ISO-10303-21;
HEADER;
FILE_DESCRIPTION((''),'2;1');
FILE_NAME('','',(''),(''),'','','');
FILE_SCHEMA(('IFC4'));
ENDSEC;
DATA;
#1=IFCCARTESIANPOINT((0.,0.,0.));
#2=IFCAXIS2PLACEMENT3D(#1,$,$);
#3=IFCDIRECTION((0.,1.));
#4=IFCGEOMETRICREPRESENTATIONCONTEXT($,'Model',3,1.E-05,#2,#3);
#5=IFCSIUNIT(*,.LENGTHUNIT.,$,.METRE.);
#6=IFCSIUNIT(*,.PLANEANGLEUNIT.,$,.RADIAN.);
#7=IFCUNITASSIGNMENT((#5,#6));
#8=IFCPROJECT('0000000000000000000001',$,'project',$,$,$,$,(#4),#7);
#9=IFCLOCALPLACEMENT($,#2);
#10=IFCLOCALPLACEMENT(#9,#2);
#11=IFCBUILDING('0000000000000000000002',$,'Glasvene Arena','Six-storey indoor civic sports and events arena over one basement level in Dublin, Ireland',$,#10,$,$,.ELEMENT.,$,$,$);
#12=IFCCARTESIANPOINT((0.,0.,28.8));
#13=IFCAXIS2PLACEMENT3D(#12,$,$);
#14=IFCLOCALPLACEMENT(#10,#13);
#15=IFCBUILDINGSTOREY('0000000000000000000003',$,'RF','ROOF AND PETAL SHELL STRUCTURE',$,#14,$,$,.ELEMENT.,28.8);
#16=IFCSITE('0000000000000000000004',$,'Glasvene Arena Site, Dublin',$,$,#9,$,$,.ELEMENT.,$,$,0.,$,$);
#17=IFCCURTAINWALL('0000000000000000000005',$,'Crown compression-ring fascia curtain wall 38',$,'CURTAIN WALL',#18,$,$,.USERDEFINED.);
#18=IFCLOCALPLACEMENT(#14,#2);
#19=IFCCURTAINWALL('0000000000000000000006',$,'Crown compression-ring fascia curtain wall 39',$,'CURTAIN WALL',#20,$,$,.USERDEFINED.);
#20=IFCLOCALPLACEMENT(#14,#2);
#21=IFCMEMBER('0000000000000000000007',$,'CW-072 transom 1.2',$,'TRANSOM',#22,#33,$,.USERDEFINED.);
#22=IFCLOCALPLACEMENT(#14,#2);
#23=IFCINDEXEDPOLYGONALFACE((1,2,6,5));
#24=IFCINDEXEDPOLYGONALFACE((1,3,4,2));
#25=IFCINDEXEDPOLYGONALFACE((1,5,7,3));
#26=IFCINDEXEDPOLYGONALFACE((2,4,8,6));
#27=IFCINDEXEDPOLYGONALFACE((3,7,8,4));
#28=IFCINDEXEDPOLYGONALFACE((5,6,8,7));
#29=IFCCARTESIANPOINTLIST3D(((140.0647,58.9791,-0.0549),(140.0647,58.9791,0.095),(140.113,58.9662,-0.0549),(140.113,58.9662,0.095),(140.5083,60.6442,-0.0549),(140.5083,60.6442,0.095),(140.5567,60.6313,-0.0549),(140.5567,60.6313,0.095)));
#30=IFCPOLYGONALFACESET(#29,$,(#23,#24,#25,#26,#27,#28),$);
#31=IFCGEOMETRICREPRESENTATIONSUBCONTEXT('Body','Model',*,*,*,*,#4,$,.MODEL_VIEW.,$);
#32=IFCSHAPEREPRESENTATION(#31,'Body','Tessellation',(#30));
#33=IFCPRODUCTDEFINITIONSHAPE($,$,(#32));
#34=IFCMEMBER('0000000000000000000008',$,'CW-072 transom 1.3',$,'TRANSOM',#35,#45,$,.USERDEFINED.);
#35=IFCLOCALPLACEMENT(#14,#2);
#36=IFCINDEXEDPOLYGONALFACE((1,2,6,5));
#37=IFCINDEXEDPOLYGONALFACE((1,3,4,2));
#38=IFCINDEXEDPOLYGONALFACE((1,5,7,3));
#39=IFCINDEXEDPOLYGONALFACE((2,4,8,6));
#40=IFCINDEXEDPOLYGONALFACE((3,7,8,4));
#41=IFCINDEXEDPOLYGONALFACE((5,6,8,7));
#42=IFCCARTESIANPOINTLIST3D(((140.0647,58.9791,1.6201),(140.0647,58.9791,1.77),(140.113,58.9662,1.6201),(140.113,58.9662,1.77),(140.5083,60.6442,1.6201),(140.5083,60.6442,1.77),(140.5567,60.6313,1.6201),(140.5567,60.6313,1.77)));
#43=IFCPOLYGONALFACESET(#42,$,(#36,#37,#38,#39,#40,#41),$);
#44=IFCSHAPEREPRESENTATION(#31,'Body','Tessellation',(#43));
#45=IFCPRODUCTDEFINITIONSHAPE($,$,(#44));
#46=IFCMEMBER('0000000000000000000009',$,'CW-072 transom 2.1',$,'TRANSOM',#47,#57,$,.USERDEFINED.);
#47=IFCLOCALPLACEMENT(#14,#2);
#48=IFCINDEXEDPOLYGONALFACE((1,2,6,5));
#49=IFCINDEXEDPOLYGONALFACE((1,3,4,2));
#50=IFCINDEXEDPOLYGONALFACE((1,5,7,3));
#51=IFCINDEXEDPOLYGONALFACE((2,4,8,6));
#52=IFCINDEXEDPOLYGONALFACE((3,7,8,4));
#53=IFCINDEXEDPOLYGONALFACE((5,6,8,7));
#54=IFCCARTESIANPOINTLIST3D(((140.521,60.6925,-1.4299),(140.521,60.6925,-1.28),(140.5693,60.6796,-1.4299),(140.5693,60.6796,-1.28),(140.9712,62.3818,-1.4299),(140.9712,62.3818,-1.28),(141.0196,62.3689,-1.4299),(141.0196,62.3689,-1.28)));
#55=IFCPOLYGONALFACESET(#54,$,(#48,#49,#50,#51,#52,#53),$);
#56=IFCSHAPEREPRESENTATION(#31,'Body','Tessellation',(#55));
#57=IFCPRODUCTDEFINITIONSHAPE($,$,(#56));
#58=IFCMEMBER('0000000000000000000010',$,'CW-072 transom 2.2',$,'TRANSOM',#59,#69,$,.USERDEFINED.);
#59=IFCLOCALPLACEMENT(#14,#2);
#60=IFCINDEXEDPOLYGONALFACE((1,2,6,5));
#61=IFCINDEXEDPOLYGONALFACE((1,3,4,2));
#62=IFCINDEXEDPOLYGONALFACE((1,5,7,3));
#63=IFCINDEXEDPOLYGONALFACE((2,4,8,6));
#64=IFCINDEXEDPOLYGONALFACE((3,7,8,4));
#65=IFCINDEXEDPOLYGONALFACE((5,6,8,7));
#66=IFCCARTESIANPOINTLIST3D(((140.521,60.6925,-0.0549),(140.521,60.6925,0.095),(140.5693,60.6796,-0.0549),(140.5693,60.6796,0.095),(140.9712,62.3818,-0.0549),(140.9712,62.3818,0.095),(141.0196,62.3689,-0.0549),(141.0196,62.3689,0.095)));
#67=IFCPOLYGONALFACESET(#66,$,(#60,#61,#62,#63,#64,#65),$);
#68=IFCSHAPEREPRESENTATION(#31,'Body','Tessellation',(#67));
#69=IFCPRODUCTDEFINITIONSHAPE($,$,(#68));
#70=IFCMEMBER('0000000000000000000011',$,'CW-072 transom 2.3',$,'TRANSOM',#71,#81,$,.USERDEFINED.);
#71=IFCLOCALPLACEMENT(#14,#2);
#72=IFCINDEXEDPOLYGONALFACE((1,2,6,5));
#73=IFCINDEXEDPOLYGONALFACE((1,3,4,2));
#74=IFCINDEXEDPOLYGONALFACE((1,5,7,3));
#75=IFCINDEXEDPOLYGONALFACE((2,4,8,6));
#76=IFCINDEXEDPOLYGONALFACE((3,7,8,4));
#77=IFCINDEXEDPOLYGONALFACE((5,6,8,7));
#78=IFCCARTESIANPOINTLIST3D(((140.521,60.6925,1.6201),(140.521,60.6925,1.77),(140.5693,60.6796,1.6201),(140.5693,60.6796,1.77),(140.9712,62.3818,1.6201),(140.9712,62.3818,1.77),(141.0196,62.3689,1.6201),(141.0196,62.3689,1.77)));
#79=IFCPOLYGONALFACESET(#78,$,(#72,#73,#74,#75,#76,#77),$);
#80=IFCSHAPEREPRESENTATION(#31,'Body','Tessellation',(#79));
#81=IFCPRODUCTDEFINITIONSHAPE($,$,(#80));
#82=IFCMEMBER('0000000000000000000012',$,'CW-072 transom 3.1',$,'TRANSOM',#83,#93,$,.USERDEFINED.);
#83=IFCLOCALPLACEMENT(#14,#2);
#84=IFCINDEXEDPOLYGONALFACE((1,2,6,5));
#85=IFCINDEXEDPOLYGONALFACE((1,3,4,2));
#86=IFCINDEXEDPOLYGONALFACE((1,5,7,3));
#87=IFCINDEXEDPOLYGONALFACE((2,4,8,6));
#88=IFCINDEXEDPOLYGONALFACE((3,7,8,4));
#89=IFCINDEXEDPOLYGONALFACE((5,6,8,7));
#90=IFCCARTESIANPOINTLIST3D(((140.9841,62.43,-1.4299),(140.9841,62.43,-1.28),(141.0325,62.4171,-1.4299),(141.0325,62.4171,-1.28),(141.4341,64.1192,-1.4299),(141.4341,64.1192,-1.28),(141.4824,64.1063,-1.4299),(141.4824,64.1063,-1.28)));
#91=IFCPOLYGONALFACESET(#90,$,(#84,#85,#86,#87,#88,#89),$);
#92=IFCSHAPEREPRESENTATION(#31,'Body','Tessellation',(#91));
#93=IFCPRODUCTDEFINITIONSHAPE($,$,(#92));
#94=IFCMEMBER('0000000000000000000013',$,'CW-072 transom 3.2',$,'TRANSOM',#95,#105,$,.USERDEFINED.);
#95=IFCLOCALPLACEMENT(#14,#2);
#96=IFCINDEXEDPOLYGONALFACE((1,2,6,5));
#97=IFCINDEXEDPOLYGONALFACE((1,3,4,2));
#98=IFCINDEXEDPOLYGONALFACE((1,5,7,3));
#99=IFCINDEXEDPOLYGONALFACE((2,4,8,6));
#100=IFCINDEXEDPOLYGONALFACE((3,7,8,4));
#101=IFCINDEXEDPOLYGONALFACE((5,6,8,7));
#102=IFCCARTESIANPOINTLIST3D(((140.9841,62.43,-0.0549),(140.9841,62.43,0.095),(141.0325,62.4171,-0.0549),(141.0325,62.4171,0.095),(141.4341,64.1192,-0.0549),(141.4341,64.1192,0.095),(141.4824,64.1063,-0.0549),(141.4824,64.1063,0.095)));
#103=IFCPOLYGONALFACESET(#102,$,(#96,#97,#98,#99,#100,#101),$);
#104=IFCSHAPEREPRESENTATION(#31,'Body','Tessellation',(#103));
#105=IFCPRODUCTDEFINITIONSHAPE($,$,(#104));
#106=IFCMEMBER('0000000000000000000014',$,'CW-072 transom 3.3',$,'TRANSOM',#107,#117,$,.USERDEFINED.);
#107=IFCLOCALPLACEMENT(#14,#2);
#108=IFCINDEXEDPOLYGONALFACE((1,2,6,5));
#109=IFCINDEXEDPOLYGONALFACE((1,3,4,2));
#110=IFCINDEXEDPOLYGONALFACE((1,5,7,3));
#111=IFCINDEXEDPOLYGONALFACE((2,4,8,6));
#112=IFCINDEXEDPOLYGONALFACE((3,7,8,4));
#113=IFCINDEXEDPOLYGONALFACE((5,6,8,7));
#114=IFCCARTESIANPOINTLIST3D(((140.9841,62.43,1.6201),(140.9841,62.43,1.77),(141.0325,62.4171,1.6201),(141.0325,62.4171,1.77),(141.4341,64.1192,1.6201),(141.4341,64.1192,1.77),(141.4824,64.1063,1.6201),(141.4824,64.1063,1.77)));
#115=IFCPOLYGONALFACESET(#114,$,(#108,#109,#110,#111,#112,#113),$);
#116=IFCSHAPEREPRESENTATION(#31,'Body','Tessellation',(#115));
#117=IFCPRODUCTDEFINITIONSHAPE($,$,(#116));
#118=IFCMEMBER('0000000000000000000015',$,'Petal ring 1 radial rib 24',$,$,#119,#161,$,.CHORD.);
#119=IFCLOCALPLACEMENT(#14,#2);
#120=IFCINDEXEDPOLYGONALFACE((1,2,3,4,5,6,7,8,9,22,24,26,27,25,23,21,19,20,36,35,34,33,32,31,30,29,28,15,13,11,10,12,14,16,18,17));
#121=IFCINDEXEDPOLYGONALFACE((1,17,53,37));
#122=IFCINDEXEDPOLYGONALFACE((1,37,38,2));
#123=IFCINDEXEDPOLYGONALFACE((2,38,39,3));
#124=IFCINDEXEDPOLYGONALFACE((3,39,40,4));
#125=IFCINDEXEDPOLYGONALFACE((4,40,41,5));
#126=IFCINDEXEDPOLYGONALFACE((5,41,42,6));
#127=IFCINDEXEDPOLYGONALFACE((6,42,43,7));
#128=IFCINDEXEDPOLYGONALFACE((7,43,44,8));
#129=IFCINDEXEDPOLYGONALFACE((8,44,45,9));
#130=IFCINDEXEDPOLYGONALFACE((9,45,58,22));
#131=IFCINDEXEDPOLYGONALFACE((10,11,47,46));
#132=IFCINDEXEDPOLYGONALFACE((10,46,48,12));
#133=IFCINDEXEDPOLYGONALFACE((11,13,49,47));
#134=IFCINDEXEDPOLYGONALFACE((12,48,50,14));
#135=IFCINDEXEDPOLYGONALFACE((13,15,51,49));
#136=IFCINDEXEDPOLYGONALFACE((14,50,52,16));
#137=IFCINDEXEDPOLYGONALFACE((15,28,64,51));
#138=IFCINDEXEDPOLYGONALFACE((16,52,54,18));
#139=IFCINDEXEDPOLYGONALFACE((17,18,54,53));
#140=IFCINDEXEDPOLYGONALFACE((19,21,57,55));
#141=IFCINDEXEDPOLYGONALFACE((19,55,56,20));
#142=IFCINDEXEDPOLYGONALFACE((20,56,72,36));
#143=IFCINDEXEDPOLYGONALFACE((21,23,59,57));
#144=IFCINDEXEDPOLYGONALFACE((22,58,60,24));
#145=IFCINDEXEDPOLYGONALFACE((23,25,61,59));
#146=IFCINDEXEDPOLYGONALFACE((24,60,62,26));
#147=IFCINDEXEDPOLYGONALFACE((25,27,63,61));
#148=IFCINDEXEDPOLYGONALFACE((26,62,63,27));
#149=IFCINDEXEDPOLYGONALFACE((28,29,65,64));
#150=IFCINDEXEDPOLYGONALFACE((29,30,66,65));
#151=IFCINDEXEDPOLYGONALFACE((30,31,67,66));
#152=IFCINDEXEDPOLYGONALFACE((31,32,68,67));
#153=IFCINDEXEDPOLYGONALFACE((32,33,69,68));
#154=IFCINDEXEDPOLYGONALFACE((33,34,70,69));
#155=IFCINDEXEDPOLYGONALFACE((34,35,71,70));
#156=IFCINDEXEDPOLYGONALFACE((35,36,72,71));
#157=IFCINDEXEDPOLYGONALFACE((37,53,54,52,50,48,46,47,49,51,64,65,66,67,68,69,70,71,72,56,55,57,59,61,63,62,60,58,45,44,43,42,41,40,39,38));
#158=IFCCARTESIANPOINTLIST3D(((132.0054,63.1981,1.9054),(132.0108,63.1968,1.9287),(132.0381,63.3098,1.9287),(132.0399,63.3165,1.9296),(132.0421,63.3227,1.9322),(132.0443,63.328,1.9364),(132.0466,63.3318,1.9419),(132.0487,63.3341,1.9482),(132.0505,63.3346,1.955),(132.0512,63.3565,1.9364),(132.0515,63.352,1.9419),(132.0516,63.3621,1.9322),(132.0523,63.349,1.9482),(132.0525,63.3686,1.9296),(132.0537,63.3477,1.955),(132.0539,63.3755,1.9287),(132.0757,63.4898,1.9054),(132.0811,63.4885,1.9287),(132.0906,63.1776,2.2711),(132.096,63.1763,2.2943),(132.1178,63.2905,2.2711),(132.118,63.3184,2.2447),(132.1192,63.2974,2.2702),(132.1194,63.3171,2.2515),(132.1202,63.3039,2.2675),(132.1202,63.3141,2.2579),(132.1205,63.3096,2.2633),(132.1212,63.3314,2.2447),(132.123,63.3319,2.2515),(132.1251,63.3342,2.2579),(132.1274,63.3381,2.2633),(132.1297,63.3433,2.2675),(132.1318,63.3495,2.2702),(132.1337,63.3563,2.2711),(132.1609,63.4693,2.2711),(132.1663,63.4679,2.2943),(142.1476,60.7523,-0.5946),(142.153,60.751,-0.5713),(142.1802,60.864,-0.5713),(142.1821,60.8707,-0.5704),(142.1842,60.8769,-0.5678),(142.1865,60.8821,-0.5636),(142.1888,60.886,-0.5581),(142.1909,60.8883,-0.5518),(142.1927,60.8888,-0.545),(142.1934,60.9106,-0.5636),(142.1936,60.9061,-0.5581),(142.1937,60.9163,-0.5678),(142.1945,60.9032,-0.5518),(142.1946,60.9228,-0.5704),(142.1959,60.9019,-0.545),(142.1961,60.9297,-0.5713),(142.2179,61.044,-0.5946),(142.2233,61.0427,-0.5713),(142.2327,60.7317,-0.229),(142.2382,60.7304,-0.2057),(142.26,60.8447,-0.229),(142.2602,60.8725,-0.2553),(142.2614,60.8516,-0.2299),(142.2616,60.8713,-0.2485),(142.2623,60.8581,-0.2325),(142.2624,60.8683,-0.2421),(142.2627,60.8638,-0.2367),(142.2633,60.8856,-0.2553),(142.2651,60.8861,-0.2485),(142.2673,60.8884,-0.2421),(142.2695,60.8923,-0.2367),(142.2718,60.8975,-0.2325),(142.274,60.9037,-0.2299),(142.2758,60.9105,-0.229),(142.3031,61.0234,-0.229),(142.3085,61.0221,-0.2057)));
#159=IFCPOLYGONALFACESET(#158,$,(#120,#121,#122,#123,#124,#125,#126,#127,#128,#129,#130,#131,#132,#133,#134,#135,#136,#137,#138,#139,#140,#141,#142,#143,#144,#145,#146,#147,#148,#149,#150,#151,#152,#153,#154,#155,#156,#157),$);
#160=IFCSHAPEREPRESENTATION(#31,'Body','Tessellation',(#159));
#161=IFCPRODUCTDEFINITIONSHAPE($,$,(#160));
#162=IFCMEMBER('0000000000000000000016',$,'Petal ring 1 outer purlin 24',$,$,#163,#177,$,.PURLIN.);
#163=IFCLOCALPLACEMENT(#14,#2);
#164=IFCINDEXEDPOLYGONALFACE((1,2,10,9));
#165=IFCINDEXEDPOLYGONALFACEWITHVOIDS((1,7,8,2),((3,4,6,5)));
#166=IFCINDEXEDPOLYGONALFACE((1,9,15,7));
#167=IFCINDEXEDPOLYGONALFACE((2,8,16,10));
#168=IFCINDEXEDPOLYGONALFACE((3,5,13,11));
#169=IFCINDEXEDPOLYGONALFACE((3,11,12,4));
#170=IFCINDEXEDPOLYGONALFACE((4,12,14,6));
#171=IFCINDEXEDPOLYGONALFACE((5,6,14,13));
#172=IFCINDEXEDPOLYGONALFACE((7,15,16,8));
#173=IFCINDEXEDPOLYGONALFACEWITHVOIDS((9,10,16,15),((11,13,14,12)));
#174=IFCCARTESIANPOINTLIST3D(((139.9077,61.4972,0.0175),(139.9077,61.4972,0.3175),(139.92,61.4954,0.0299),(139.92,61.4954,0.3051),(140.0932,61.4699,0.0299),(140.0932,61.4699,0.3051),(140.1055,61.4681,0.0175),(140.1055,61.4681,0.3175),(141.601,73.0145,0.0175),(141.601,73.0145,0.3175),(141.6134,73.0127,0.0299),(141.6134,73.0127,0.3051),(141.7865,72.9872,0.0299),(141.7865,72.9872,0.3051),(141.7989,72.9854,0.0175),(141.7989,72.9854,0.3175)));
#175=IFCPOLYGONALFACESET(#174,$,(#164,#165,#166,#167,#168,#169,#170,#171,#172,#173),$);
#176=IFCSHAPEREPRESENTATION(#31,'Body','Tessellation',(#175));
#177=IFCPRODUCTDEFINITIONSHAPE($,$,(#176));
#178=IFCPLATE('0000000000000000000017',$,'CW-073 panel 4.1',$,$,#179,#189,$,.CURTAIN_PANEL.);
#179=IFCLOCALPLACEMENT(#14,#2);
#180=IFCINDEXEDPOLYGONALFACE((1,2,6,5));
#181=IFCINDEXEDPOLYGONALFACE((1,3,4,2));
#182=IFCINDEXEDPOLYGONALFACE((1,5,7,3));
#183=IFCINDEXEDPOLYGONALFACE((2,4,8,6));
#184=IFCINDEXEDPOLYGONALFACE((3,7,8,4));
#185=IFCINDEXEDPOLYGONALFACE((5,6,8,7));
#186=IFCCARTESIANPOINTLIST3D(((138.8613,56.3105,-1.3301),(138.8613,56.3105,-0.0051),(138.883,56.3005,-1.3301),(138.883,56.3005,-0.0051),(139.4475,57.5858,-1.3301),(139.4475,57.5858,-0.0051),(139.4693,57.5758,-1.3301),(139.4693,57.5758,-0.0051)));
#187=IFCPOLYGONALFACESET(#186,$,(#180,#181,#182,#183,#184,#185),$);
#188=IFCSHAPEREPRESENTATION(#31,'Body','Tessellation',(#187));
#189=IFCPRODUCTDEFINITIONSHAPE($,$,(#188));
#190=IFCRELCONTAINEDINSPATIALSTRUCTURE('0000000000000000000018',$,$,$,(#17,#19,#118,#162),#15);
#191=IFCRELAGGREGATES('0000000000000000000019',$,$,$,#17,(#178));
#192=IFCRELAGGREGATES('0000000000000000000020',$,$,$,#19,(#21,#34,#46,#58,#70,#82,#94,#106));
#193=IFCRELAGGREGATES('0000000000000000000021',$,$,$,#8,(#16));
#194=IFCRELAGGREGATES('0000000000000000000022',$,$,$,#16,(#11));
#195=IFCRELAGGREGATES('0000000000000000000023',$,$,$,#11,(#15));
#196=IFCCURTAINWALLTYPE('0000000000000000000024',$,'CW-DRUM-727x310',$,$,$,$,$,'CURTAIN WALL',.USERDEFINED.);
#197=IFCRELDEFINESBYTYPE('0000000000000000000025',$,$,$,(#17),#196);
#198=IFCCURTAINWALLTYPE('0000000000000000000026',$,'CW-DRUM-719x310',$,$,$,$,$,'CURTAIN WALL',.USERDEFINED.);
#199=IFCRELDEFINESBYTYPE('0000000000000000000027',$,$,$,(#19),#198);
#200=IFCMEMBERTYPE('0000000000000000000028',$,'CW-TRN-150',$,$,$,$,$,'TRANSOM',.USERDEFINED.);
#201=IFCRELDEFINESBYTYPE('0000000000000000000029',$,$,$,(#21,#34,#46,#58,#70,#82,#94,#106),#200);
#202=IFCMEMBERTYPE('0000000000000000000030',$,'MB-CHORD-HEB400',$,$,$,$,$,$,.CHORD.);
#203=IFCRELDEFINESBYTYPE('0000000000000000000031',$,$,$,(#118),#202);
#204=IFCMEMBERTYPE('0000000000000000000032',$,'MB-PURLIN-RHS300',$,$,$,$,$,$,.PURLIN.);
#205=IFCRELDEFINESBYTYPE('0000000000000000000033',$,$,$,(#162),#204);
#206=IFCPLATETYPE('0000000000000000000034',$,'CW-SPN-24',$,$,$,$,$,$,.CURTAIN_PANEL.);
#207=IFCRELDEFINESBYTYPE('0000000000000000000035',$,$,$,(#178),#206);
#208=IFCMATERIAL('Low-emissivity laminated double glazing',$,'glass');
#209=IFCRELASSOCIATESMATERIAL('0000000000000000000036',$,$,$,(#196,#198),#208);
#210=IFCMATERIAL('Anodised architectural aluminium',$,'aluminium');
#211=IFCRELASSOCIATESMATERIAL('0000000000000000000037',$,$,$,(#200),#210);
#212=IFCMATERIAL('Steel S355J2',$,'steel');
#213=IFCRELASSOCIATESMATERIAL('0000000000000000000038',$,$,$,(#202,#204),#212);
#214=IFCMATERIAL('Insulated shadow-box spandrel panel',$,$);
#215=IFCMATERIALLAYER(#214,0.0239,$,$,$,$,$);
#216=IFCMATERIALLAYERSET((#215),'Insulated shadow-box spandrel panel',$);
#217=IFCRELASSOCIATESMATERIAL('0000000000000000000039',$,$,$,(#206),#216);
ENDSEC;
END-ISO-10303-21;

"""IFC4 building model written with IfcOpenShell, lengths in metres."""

from ifc_helpers import new_model, si_unit, direction, frame, origin, origin_2d, place, context, subcontext, project, spatial, rectangle, hollow_rectangle, i_section, extrude, material, layer, layer_set, material_profile, profile_set, type_object, element, aggregate, save


model = new_model("IFC4")

# Units and contexts
model_context = context("Model", 3, precision=1e-05, world=origin(), true_north=direction((0.0, 1.0)))
body_context = subcontext(model_context, "Body", "Model", "MODEL_VIEW")
ifc_project = project(units=[si_unit("LENGTHUNIT", "METRE"), si_unit("PLANEANGLEUNIT", "RADIAN")], contexts=[model_context])

# Site, building, storey
site_placement = place(None, origin())
site = spatial("IfcSite", under=ifc_project, at=site_placement, Name="Glasvene Arena Site, Dublin", CompositionType="ELEMENT", RefElevation=0.0)
building_placement = place(site_placement, origin())
building = spatial("IfcBuilding", under=site, at=building_placement, Name="Glasvene Arena", Description="Six-storey indoor civic sports and events arena over one basement level in Dublin, Ireland", CompositionType="ELEMENT")
storey_placement = place(building_placement, frame((0.0, 0.0, 28.8)))
storey = spatial("IfcBuildingStorey", under=building, at=storey_placement, Name="RF", Description="ROOF AND PETAL SHELL STRUCTURE", CompositionType="ELEMENT", Elevation=28.8)

# Shared definitions
ifc_material_1 = material(Name="Steel S355J2", Category="steel")

# Curtain walls
ifc_material_2 = material(Name="Low-emissivity laminated double glazing", Category="glass")
curtain_wall_type_1 = type_object("IfcCurtainWallType", Name="CW-DRUM-727x310", ElementType="CURTAIN WALL", PredefinedType="USERDEFINED", material=ifc_material_2)
curtain_wall_1_placement = place(storey_placement, frame((137.0403, 52.3208, 0.0)))
curtain_wall_1 = element("IfcCurtainWall", 1, at=curtain_wall_1_placement, inside=storey, type_object=curtain_wall_type_1, Name="Crown compression-ring fascia curtain wall 38", ObjectType="CURTAIN WALL", PredefinedType="USERDEFINED")
ifc_material_3 = material(Name="Anodised architectural aluminium", Category="aluminium")
curtain_wall_type_2 = type_object("IfcCurtainWallType", Name="CW-DRUM-719x310", ElementType="CURTAIN WALL", PredefinedType="USERDEFINED", material=ifc_material_2)
curtain_wall_2_placement = place(storey_placement, frame((140.0759, 58.9243, 0.0)))
curtain_wall_2 = element("IfcCurtainWall", 2, at=curtain_wall_2_placement, inside=storey, type_object=curtain_wall_type_2, Name="Crown compression-ring fascia curtain wall 39", ObjectType="CURTAIN WALL", PredefinedType="USERDEFINED")

# Members
ifc_material_profile_1 = material_profile(ifc_material_3, rectangle(XDim=0.05, YDim=0.1499, at=origin_2d()), Name="ALU TRANSOM 50x150")
ifc_profile_set_1 = profile_set([ifc_material_profile_1], Name="Anodised architectural aluminium")
member_type_1 = type_object("IfcMemberType", Name="CW-TRN-150", ElementType="TRANSOM", PredefinedType="USERDEFINED", material=ifc_profile_set_1)
member_1_placement = place(storey_placement, frame((140.0889, 58.9727, 0.02), z_axis=(0.257442, 0.966294, 0.0), x_axis=(-0.966294, 0.257442, 0.0)))
member_1 = element("IfcMember", 3, at=member_1_placement, type_object=member_type_1, Name="CW-072 transom 1.2", ObjectType="TRANSOM", PredefinedType="USERDEFINED", context=body_context, shape_type="SweptSolid", body=[
    extrude(rectangle(XDim=0.05, YDim=0.1499, at=origin_2d()), origin(), (0.0, 0.0, 1.0), 1.7231),
])
member_2_placement = place(storey_placement, frame((140.0889, 58.9727, 1.6951), z_axis=(0.257442, 0.966294, 0.0), x_axis=(-0.966294, 0.257442, 0.0)))
member_2 = element("IfcMember", 4, at=member_2_placement, type_object=member_type_1, Name="CW-072 transom 1.3", ObjectType="TRANSOM", PredefinedType="USERDEFINED", context=body_context, shape_type="SweptSolid", body=[
    extrude(rectangle(XDim=0.05, YDim=0.1499, at=origin_2d()), origin(), (0.0, 0.0, 1.0), 1.7231),
])
member_3_placement = place(storey_placement, frame((140.5452, 60.686, -1.355), z_axis=(0.257524, 0.966272, 0.0), x_axis=(-0.966272, 0.257524, 0.0)))
member_3 = element("IfcMember", 5, at=member_3_placement, type_object=member_type_1, Name="CW-072 transom 2.1", ObjectType="TRANSOM", PredefinedType="USERDEFINED", context=body_context, shape_type="SweptSolid", body=[
    extrude(rectangle(XDim=0.05, YDim=0.1499, at=origin_2d()), origin(), (0.0, 0.0, 1.0), 1.7483),
])
member_4_placement = place(storey_placement, frame((140.5452, 60.686, 0.02), z_axis=(0.257524, 0.966272, 0.0), x_axis=(-0.966272, 0.257524, 0.0)))
member_4 = element("IfcMember", 6, at=member_4_placement, type_object=member_type_1, Name="CW-072 transom 2.2", ObjectType="TRANSOM", PredefinedType="USERDEFINED", context=body_context, shape_type="SweptSolid", body=[
    extrude(rectangle(XDim=0.05, YDim=0.1499, at=origin_2d()), origin(), (0.0, 0.0, 1.0), 1.7483),
])
member_5_placement = place(storey_placement, frame((140.5452, 60.686, 1.6951), z_axis=(0.257524, 0.966272, 0.0), x_axis=(-0.966272, 0.257524, 0.0)))
member_5 = element("IfcMember", 7, at=member_5_placement, type_object=member_type_1, Name="CW-072 transom 2.3", ObjectType="TRANSOM", PredefinedType="USERDEFINED", context=body_context, shape_type="SweptSolid", body=[
    extrude(rectangle(XDim=0.05, YDim=0.1499, at=origin_2d()), origin(), (0.0, 0.0, 1.0), 1.7483),
])
member_6_placement = place(storey_placement, frame((141.0083, 62.4236, -1.355), z_axis=(0.257393, 0.966307, 0.0), x_axis=(-0.966307, 0.257393, 0.0)))
member_6 = element("IfcMember", 8, at=member_6_placement, type_object=member_type_1, Name="CW-072 transom 3.1", ObjectType="TRANSOM", PredefinedType="USERDEFINED", context=body_context, shape_type="SweptSolid", body=[
    extrude(rectangle(XDim=0.05, YDim=0.1499, at=origin_2d()), origin(), (0.0, 0.0, 1.0), 1.748),
])
member_7_placement = place(storey_placement, frame((141.0083, 62.4236, 0.02), z_axis=(0.257393, 0.966307, 0.0), x_axis=(-0.966307, 0.257393, 0.0)))
member_7 = element("IfcMember", 9, at=member_7_placement, type_object=member_type_1, Name="CW-072 transom 3.2", ObjectType="TRANSOM", PredefinedType="USERDEFINED", context=body_context, shape_type="SweptSolid", body=[
    extrude(rectangle(XDim=0.05, YDim=0.1499, at=origin_2d()), origin(), (0.0, 0.0, 1.0), 1.748),
])
member_8_placement = place(storey_placement, frame((141.0083, 62.4236, 1.6951), z_axis=(0.257393, 0.966307, 0.0), x_axis=(-0.966307, 0.257393, 0.0)))
member_8 = element("IfcMember", 10, at=member_8_placement, type_object=member_type_1, Name="CW-072 transom 3.3", ObjectType="TRANSOM", PredefinedType="USERDEFINED", context=body_context, shape_type="SweptSolid", body=[
    extrude(rectangle(XDim=0.05, YDim=0.1499, at=origin_2d()), origin(), (0.0, 0.0, 1.0), 1.748),
])

# Members
ifc_material_profile_2 = material_profile(ifc_material_1, i_section(OverallWidth=0.3, OverallDepth=0.3999, WebThickness=0.0134, FlangeThickness=0.0239, FilletRadius=0.0271, at=origin_2d()), Name="HEB 400")
ifc_profile_set_2 = profile_set([ifc_material_profile_2], Name="Steel S355J2")
member_type_2 = type_object("IfcMemberType", Name="MB-CHORD-HEB400", PredefinedType="CHORD", material=ifc_profile_set_2)
member_9_placement = place(storey_placement, frame((142.228, 60.8872, -0.4001), z_axis=(-0.945369, 0.227979, 0.233031), x_axis=(-0.234433, -0.972132, 0.0)))
element("IfcMember", 11, at=member_9_placement, inside=storey, type_object=member_type_2, Name="Petal ring 1 radial rib 24", PredefinedType="CHORD", context=body_context, shape_type="SweptSolid", body=[
    extrude(i_section(OverallWidth=0.3, OverallDepth=0.3999, WebThickness=0.0134, FlangeThickness=0.0239, FilletRadius=0.0271, at=origin_2d()), origin(), (0.0, 0.0, 1.0), 10.7283),
])
ifc_material_profile_3 = material_profile(ifc_material_1, hollow_rectangle(XDim=0.2, YDim=0.3, WallThickness=0.0125, at=origin_2d()), Name="RHS 300x200x12.5")
ifc_profile_set_3 = profile_set([ifc_material_profile_3], Name="Steel S355J2")
member_type_3 = type_object("IfcMemberType", Name="MB-PURLIN-RHS300", PredefinedType="PURLIN", material=ifc_profile_set_3)
member_10_placement = place(storey_placement, frame((140.0066, 61.4827, 0.1675), z_axis=(0.145463, 0.989364, 0.0), x_axis=(-0.989364, 0.145463, 0.0)))
element("IfcMember", 12, at=member_10_placement, inside=storey, type_object=member_type_3, Name="Petal ring 1 outer purlin 24", PredefinedType="PURLIN", context=body_context, shape_type="SweptSolid", body=[
    extrude(hollow_rectangle(XDim=0.2, YDim=0.3, WallThickness=0.0125, at=origin_2d()), origin(), (0.0, 0.0, 1.0), 11.6411),
])

# Plate
ifc_material_4 = material(Name="Insulated shadow-box spandrel panel")
ifc_layer_1 = layer(ifc_material_4, 0.0239)
ifc_layer_set_1 = layer_set([ifc_layer_1], Name="Insulated shadow-box spandrel panel")
plate_type_1 = type_object("IfcPlateType", Name="CW-SPN-24", PredefinedType="CURTAIN_PANEL", material=ifc_layer_set_1)
plate_1_placement = place(storey_placement, frame((139.1653, 56.9431, -1.3301), z_axis=(0.0, 0.0, 1.0), x_axis=(0.417661, 0.908603, 0.0)))
plate_1 = element("IfcPlate", 13, at=plate_1_placement, type_object=plate_type_1, Name="CW-073 panel 4.1", PredefinedType="CURTAIN_PANEL", context=body_context, shape_type="SweptSolid", body=[
    extrude(rectangle(XDim=1.4036, YDim=0.0239, at=origin_2d()), origin(), (0.0, 0.0, 1.0), 1.325),
])
aggregate(curtain_wall_1, [plate_1])
aggregate(curtain_wall_2, [member_1, member_2, member_3, member_4, member_5, member_6, member_7, member_8])

save(model, "model.ifc")
